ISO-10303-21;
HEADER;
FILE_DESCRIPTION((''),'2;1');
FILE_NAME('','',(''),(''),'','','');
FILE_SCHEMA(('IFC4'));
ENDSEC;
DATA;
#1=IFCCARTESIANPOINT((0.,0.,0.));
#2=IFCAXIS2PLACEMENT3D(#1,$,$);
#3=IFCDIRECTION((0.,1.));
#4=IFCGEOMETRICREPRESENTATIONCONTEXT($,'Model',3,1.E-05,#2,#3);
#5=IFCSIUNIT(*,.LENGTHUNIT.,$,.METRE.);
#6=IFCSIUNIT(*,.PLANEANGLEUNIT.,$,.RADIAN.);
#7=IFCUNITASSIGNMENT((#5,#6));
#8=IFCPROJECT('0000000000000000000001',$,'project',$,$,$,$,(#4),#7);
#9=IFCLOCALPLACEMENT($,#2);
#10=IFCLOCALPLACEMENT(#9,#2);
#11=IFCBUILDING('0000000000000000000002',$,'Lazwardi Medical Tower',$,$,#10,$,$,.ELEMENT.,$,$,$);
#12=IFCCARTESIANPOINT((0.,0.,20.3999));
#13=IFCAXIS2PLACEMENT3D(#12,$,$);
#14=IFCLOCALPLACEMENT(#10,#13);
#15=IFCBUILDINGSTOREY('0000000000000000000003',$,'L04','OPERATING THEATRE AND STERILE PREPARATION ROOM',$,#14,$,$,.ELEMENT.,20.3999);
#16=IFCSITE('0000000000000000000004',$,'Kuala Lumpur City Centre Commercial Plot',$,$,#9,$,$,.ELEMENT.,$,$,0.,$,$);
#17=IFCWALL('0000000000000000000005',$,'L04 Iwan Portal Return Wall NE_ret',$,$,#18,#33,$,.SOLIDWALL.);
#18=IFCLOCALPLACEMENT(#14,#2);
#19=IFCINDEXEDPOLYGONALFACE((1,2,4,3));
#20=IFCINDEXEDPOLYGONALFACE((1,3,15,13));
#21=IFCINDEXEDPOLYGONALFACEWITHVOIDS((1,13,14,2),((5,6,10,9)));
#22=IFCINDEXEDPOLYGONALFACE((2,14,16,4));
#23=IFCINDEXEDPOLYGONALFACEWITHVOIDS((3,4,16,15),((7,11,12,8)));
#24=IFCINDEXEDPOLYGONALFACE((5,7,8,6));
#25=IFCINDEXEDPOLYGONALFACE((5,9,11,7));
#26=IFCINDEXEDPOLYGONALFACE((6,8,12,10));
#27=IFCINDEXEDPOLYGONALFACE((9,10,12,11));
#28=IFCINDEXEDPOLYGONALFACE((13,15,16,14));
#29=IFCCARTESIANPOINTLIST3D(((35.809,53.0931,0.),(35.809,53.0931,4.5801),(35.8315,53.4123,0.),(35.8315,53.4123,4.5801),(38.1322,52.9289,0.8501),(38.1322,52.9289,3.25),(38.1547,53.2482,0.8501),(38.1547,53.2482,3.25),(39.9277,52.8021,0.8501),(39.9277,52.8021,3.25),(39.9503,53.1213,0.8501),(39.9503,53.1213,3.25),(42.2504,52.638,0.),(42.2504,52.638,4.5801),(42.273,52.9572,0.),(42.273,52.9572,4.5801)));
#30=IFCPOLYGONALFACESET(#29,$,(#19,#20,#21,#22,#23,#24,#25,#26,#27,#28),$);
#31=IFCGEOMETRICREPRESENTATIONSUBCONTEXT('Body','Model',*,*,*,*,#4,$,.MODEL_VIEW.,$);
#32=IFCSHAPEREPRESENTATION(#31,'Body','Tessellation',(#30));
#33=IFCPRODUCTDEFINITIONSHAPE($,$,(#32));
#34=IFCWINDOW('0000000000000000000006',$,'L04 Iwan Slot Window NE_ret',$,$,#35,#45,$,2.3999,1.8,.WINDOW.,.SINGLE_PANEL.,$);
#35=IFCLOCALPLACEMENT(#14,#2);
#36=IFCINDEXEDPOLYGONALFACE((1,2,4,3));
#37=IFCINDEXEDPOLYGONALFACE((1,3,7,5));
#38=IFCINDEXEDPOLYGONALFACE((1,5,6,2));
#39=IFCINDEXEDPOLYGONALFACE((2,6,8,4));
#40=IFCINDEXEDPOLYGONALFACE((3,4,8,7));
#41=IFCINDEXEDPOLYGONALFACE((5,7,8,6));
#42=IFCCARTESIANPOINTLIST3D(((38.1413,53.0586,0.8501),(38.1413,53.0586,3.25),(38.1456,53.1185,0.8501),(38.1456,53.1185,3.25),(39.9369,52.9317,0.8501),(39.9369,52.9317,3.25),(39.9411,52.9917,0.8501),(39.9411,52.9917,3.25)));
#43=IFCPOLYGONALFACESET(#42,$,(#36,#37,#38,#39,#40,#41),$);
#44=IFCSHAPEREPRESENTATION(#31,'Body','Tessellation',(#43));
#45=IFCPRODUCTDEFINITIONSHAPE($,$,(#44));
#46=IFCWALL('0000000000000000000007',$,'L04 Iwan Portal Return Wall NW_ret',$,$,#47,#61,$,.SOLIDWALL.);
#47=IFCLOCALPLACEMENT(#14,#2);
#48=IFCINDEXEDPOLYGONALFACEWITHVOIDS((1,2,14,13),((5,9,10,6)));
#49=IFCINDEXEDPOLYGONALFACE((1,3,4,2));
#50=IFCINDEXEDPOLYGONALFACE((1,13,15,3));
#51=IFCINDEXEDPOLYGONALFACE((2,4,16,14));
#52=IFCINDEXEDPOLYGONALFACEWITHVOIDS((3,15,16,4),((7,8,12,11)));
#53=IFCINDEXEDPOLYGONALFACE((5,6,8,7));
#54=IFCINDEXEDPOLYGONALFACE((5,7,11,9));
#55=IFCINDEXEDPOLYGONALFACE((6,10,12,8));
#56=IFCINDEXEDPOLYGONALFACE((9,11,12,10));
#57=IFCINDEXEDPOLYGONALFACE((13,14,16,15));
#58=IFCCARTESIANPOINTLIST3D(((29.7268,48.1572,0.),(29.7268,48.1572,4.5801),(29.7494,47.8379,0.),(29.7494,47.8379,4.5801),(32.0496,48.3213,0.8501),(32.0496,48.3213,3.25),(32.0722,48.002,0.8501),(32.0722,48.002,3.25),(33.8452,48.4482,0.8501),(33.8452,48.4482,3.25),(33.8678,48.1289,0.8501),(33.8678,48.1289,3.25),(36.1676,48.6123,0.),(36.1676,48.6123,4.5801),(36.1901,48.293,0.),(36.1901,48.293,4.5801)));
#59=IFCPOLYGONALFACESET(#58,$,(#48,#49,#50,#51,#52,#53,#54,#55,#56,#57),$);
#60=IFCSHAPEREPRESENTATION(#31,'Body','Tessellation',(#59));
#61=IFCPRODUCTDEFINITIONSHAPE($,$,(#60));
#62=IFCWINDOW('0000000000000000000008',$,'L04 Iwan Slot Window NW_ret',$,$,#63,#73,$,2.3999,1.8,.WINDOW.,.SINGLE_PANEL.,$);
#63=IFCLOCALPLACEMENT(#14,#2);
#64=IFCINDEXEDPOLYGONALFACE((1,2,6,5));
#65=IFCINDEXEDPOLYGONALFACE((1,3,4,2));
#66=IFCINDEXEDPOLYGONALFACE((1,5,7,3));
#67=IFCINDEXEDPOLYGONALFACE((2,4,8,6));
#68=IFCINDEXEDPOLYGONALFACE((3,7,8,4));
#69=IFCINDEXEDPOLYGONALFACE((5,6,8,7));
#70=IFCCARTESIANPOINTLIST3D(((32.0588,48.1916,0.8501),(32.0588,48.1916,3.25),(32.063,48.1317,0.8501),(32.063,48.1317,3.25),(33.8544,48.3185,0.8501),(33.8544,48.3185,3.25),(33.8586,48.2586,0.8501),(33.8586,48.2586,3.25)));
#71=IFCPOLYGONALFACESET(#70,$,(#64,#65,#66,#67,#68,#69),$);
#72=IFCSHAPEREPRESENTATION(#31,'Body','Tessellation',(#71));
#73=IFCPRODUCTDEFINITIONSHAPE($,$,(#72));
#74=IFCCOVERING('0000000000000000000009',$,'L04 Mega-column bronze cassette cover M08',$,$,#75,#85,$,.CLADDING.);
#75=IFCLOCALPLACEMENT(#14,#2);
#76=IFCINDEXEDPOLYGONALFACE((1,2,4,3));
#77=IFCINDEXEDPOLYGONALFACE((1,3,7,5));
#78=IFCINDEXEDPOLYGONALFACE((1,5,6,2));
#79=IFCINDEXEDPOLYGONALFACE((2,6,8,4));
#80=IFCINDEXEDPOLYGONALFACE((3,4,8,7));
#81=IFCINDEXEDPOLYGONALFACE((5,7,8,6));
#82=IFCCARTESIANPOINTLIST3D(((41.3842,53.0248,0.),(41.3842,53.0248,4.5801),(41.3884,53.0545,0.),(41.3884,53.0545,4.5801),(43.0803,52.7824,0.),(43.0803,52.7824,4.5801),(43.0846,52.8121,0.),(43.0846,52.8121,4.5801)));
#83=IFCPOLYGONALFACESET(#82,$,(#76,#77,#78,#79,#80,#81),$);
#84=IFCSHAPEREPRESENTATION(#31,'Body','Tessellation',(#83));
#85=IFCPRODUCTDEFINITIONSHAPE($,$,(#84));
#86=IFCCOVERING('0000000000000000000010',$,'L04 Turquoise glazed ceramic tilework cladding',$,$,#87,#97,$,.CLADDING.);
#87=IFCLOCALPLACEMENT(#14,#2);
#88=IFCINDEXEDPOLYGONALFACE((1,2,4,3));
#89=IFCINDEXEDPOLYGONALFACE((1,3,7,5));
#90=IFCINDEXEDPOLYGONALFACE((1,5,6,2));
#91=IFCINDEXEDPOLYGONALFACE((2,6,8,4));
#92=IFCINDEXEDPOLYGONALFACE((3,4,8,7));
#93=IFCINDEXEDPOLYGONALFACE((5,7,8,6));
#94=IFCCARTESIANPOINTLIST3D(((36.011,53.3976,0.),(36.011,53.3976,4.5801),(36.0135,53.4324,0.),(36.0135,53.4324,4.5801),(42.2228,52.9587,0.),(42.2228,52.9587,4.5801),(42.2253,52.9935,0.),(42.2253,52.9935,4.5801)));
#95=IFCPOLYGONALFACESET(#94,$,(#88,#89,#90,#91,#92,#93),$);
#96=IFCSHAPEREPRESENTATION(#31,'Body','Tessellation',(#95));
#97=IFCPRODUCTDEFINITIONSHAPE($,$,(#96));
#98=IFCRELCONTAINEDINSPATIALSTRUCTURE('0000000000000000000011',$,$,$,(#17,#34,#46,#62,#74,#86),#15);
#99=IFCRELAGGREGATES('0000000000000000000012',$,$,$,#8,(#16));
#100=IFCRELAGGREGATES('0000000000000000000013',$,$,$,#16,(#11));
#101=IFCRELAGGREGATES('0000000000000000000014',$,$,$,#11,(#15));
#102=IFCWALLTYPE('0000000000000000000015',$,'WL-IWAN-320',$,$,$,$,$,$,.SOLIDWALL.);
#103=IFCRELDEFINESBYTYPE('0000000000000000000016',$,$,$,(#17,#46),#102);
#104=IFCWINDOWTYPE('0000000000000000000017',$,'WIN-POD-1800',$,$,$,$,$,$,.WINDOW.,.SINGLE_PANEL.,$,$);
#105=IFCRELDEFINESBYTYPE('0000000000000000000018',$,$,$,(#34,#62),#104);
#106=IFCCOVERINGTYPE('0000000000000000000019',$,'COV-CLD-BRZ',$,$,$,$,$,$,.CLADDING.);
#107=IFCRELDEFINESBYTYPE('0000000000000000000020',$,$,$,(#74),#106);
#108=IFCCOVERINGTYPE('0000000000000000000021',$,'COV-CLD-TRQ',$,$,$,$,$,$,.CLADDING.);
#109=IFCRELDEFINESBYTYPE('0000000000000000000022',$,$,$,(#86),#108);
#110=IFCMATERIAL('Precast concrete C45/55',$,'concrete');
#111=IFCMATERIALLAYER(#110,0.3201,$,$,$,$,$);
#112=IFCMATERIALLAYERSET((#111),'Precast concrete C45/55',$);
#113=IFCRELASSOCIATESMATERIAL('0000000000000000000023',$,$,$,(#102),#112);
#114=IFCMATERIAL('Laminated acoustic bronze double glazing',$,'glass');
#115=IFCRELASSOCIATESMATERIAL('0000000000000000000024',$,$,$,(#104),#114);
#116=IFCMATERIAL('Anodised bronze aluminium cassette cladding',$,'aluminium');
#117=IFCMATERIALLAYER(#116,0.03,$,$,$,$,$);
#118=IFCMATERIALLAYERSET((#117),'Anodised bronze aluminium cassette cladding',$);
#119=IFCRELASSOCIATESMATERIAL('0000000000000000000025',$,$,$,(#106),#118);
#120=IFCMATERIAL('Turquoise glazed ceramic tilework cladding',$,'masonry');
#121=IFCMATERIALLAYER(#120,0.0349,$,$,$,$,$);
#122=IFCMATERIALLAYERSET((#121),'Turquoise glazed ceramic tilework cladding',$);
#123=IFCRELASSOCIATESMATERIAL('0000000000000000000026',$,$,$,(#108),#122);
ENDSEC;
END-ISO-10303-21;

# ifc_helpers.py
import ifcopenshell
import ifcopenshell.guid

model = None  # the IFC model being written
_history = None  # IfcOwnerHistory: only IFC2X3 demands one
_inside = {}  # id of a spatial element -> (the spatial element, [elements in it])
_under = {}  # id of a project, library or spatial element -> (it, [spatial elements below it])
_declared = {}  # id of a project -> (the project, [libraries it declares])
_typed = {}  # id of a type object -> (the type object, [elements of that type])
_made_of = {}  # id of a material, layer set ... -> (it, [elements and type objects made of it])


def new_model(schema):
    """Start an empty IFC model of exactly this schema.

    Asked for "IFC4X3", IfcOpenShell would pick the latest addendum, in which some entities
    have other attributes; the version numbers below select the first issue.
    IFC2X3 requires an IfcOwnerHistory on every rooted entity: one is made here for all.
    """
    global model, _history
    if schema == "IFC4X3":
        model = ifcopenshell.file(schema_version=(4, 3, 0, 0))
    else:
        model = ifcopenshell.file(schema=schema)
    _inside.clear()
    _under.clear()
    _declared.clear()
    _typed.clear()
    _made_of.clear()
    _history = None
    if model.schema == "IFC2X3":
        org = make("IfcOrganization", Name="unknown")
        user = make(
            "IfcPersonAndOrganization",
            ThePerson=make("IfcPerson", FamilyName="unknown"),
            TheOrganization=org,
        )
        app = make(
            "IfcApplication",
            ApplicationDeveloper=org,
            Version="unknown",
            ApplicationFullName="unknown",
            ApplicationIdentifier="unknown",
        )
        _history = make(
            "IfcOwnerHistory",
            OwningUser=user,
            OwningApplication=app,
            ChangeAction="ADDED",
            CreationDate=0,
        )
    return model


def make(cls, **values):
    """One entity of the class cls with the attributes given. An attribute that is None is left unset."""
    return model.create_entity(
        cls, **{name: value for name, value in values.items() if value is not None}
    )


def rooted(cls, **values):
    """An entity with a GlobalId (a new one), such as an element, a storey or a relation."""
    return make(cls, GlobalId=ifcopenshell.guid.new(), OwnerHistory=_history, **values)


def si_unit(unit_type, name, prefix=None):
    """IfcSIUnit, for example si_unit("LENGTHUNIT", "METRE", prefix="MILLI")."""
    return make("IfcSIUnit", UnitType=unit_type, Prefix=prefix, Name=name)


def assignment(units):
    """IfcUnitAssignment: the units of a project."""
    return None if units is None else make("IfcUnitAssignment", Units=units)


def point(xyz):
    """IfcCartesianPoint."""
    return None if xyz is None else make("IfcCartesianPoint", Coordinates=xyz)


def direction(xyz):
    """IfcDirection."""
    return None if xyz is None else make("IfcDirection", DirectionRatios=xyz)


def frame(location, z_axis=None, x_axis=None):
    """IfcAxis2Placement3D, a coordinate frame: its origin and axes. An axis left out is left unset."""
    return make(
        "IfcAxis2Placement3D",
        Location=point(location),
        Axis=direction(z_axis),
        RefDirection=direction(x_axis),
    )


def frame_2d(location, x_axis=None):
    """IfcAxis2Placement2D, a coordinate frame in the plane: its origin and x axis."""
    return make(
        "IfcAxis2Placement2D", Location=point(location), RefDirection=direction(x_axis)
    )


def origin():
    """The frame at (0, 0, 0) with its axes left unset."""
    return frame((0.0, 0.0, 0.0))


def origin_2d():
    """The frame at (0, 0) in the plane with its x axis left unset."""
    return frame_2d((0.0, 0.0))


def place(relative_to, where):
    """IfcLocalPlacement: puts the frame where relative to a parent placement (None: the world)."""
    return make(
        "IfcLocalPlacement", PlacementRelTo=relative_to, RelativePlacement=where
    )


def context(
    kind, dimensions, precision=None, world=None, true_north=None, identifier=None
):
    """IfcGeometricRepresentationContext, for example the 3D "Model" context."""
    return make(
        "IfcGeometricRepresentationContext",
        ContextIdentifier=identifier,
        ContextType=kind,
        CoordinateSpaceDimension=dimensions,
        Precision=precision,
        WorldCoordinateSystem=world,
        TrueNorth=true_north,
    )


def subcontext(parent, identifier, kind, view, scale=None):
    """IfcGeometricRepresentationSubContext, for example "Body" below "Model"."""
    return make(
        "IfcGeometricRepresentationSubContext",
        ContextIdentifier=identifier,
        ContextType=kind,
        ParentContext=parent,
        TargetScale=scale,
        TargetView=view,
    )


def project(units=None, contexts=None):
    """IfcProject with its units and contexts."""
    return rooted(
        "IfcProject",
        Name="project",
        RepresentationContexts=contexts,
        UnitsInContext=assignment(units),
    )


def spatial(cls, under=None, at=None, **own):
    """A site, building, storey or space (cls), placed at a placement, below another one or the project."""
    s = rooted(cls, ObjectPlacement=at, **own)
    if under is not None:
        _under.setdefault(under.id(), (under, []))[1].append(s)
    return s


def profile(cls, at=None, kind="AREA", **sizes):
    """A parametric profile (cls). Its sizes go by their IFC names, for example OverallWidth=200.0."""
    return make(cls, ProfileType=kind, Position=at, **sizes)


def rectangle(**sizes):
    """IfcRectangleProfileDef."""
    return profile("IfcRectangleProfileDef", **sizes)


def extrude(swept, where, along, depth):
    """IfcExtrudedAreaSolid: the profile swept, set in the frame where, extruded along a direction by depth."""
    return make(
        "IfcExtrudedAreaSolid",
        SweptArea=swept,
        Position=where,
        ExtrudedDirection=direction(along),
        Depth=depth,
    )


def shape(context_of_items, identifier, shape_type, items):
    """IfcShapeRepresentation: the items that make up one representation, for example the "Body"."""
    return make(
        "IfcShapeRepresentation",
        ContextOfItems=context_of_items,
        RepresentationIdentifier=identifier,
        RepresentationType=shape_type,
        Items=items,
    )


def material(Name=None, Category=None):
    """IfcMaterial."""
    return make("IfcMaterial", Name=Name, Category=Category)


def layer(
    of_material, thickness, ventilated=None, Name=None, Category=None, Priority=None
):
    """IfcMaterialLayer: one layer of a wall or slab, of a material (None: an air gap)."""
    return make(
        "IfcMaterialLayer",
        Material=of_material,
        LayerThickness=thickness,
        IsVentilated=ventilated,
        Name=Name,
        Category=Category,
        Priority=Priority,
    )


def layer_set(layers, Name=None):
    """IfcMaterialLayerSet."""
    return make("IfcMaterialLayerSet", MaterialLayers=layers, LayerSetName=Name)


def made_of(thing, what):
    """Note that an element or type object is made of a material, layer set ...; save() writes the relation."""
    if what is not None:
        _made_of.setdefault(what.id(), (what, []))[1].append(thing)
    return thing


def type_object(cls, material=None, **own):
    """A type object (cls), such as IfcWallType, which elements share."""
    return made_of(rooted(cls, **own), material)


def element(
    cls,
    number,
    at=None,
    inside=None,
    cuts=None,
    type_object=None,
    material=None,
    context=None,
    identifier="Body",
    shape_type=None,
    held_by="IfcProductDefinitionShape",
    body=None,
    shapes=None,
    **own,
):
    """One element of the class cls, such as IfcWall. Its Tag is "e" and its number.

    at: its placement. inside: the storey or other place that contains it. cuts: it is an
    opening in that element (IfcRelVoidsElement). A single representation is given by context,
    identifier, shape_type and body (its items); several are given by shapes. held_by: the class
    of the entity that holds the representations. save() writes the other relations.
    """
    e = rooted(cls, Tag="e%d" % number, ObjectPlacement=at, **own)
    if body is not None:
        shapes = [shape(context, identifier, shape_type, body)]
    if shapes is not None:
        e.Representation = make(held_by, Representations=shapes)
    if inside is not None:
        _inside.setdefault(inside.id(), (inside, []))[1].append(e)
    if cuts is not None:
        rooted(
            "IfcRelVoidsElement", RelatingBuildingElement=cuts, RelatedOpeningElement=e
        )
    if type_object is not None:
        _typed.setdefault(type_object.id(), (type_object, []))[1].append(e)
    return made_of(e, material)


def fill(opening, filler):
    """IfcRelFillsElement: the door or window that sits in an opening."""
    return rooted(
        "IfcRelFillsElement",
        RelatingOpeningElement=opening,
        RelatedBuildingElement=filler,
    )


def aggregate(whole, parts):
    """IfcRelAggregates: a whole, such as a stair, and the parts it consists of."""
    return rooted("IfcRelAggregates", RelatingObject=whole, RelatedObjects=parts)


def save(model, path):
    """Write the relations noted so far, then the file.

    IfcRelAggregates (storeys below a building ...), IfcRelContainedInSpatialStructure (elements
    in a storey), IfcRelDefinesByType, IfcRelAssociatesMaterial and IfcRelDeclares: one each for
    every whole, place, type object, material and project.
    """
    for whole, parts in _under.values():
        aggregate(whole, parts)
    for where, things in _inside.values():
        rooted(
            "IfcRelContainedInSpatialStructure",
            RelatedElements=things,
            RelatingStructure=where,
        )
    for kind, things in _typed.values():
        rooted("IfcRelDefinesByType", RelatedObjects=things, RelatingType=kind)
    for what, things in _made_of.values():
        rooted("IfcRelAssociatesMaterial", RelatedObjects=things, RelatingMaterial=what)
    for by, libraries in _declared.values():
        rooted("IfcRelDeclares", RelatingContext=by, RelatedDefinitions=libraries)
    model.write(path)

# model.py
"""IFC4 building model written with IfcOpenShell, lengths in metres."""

from ifc_helpers import new_model, si_unit, direction, frame, frame_2d, origin, origin_2d, place, context, subcontext, project, spatial, rectangle, extrude, material, layer, layer_set, type_object, element, fill, save


model = new_model("IFC4")

# Units and contexts
model_context = context("Model", 3, precision=1e-05, world=origin(), true_north=direction((0.0, 1.0)))
body_context = subcontext(model_context, "Body", "Model", "MODEL_VIEW")
ifc_project = project(units=[si_unit("LENGTHUNIT", "METRE"), si_unit("PLANEANGLEUNIT", "RADIAN")], contexts=[model_context])

# Site, building, storey
site_placement = place(None, origin())
site = spatial("IfcSite", under=ifc_project, at=site_placement, Name="Kuala Lumpur City Centre Commercial Plot", CompositionType="ELEMENT", RefElevation=0.0)
building_placement = place(site_placement, origin())
building = spatial("IfcBuilding", under=site, at=building_placement, Name="Lazwardi Medical Tower", CompositionType="ELEMENT")
storey_placement = place(building_placement, frame((0.0, 0.0, 20.3999)))
storey = spatial("IfcBuildingStorey", under=building, at=storey_placement, Name="L04", Description="OPERATING THEATRE AND STERILE PREPARATION ROOM", CompositionType="ELEMENT", Elevation=20.3999)

# Shared definitions
ifc_material_1 = material(Name="Laminated acoustic bronze double glazing", Category="glass")

# Walls, openings, windows
ifc_material_2 = material(Name="Precast concrete C45/55", Category="concrete")
ifc_layer_1 = layer(ifc_material_2, 0.3201)
ifc_layer_set_1 = layer_set([ifc_layer_1], Name="Precast concrete C45/55")
wall_type = type_object("IfcWallType", Name="WL-IWAN-320", PredefinedType="SOLIDWALL", material=ifc_layer_set_1)
wall_1_placement = place(storey_placement, frame((42.2617, 52.7976, 0.0), z_axis=(0.0, 0.0, 1.0), x_axis=(-0.997514, 0.070473, 0.0)))
wall_1 = element("IfcWall", 1, at=wall_1_placement, inside=storey, type_object=wall_type, Name="L04 Iwan Portal Return Wall NE_ret", PredefinedType="SOLIDWALL", context=body_context, shape_type="SweptSolid", body=[
    extrude(rectangle(XDim=6.4575, YDim=0.3201, at=frame_2d((3.2288, 0.0))), origin(), (0.0, 0.0, 1.0), 4.5801),
])
opening_1_placement = place(wall_1_placement, frame((2.3286, 0.0, 0.8501)))
opening_1 = element("IfcOpeningElement", 2, at=opening_1_placement, cuts=wall_1, PredefinedType="OPENING", context=body_context, shape_type="SweptSolid", body=[
    extrude(rectangle(XDim=1.8, YDim=2.3999, at=frame_2d((0.8999, 1.2))), frame((0.0, 0.1699, 0.0), z_axis=(0.0, -1.0, 0.0), x_axis=(1.0, 0.0, 0.0)), (0.0, 0.0, 1.0), 0.3401),
])
window_type = type_object("IfcWindowType", Name="WIN-POD-1800", PartitioningType="SINGLE_PANEL", PredefinedType="WINDOW", material=ifc_material_1)
window_1_placement = place(opening_1_placement, origin())
window_1 = element("IfcWindow", 3, at=window_1_placement, inside=storey, type_object=window_type, Name="L04 Iwan Slot Window NE_ret", OverallHeight=2.3999, OverallWidth=1.8, PartitioningType="SINGLE_PANEL", PredefinedType="WINDOW", context=body_context, shape_type="SweptSolid", body=[
    extrude(rectangle(XDim=1.8, YDim=2.3999, at=frame_2d((0.8999, 1.2))), frame((0.0, 0.03, 0.0), z_axis=(0.0, -1.0, 0.0), x_axis=(1.0, 0.0, 0.0)), (0.0, 0.0, 1.0), 0.0601),
])
fill(opening_1, window_1)
wall_2_placement = place(storey_placement, frame((36.179, 48.4526, 0.0), z_axis=(0.0, 0.0, 1.0), x_axis=(-0.997513, -0.070481, 0.0)))
wall_2 = element("IfcWall", 4, at=wall_2_placement, inside=storey, type_object=wall_type, Name="L04 Iwan Portal Return Wall NW_ret", PredefinedType="SOLIDWALL", context=body_context, shape_type="SweptSolid", body=[
    extrude(rectangle(XDim=6.4568, YDim=0.3201, at=frame_2d((3.2285, 0.0))), origin(), (0.0, 0.0, 1.0), 4.5801),
])
opening_2_placement = place(wall_2_placement, frame((2.3284, 0.0, 0.8501)))
opening_2 = element("IfcOpeningElement", 5, at=opening_2_placement, cuts=wall_2, PredefinedType="OPENING", context=body_context, shape_type="SweptSolid", body=[
    extrude(rectangle(XDim=1.8, YDim=2.3999, at=frame_2d((0.8999, 1.2))), frame((0.0, 0.1699, 0.0), z_axis=(0.0, -1.0, 0.0), x_axis=(1.0, 0.0, 0.0)), (0.0, 0.0, 1.0), 0.3401),
])
window_2_placement = place(opening_2_placement, origin())
window_2 = element("IfcWindow", 6, at=window_2_placement, inside=storey, type_object=window_type, Name="L04 Iwan Slot Window NW_ret", OverallHeight=2.3999, OverallWidth=1.8, PartitioningType="SINGLE_PANEL", PredefinedType="WINDOW", context=body_context, shape_type="SweptSolid", body=[
    extrude(rectangle(XDim=1.8, YDim=2.3999, at=frame_2d((0.8999, 1.2))), frame((0.0, 0.03, 0.0), z_axis=(0.0, -1.0, 0.0), x_axis=(1.0, 0.0, 0.0)), (0.0, 0.0, 1.0), 0.0601),
])
fill(opening_2, window_2)

# Coverings
ifc_material_3 = material(Name="Anodised bronze aluminium cassette cladding", Category="aluminium")
ifc_layer_2 = layer(ifc_material_3, 0.03)
ifc_layer_set_2 = layer_set([ifc_layer_2], Name="Anodised bronze aluminium cassette cladding")
covering_type_1 = type_object("IfcCoveringType", Name="COV-CLD-BRZ", PredefinedType="CLADDING", material=ifc_layer_set_2)
covering_1_placement = place(storey_placement, frame((42.2344, 52.9185, 0.0), z_axis=(0.0, 0.0, 1.0), x_axis=(-0.989943, 0.14147, 0.0)))
element("IfcCovering", 7, at=covering_1_placement, inside=storey, type_object=covering_type_1, Name="L04 Mega-column bronze cassette cover M08", PredefinedType="CLADDING", context=body_context, shape_type="SweptSolid", body=[
    extrude(rectangle(XDim=1.7134, YDim=0.03, at=origin_2d()), origin(), (0.0, 0.0, 1.0), 4.5801),
])
ifc_material_4 = material(Name="Turquoise glazed ceramic tilework cladding", Category="masonry")
ifc_layer_3 = layer(ifc_material_4, 0.0349)
ifc_layer_set_3 = layer_set([ifc_layer_3], Name="Turquoise glazed ceramic tilework cladding")
covering_type_2 = type_object("IfcCoveringType", Name="COV-CLD-TRQ", PredefinedType="CLADDING", material=ifc_layer_set_3)
covering_2_placement = place(storey_placement, frame((39.1182, 53.1956, 0.0), z_axis=(0.0, 0.0, 1.0), x_axis=(-0.997513, 0.070481, 0.0)))
element("IfcCovering", 8, at=covering_2_placement, inside=storey, type_object=covering_type_2, Name="L04 Turquoise glazed ceramic tilework cladding", PredefinedType="CLADDING", context=body_context, shape_type="SweptSolid", body=[
    extrude(rectangle(XDim=6.2273, YDim=0.0349, at=origin_2d()), origin(), (0.0, 0.0, 1.0), 4.5801),
])

save(model, "model.ifc")
